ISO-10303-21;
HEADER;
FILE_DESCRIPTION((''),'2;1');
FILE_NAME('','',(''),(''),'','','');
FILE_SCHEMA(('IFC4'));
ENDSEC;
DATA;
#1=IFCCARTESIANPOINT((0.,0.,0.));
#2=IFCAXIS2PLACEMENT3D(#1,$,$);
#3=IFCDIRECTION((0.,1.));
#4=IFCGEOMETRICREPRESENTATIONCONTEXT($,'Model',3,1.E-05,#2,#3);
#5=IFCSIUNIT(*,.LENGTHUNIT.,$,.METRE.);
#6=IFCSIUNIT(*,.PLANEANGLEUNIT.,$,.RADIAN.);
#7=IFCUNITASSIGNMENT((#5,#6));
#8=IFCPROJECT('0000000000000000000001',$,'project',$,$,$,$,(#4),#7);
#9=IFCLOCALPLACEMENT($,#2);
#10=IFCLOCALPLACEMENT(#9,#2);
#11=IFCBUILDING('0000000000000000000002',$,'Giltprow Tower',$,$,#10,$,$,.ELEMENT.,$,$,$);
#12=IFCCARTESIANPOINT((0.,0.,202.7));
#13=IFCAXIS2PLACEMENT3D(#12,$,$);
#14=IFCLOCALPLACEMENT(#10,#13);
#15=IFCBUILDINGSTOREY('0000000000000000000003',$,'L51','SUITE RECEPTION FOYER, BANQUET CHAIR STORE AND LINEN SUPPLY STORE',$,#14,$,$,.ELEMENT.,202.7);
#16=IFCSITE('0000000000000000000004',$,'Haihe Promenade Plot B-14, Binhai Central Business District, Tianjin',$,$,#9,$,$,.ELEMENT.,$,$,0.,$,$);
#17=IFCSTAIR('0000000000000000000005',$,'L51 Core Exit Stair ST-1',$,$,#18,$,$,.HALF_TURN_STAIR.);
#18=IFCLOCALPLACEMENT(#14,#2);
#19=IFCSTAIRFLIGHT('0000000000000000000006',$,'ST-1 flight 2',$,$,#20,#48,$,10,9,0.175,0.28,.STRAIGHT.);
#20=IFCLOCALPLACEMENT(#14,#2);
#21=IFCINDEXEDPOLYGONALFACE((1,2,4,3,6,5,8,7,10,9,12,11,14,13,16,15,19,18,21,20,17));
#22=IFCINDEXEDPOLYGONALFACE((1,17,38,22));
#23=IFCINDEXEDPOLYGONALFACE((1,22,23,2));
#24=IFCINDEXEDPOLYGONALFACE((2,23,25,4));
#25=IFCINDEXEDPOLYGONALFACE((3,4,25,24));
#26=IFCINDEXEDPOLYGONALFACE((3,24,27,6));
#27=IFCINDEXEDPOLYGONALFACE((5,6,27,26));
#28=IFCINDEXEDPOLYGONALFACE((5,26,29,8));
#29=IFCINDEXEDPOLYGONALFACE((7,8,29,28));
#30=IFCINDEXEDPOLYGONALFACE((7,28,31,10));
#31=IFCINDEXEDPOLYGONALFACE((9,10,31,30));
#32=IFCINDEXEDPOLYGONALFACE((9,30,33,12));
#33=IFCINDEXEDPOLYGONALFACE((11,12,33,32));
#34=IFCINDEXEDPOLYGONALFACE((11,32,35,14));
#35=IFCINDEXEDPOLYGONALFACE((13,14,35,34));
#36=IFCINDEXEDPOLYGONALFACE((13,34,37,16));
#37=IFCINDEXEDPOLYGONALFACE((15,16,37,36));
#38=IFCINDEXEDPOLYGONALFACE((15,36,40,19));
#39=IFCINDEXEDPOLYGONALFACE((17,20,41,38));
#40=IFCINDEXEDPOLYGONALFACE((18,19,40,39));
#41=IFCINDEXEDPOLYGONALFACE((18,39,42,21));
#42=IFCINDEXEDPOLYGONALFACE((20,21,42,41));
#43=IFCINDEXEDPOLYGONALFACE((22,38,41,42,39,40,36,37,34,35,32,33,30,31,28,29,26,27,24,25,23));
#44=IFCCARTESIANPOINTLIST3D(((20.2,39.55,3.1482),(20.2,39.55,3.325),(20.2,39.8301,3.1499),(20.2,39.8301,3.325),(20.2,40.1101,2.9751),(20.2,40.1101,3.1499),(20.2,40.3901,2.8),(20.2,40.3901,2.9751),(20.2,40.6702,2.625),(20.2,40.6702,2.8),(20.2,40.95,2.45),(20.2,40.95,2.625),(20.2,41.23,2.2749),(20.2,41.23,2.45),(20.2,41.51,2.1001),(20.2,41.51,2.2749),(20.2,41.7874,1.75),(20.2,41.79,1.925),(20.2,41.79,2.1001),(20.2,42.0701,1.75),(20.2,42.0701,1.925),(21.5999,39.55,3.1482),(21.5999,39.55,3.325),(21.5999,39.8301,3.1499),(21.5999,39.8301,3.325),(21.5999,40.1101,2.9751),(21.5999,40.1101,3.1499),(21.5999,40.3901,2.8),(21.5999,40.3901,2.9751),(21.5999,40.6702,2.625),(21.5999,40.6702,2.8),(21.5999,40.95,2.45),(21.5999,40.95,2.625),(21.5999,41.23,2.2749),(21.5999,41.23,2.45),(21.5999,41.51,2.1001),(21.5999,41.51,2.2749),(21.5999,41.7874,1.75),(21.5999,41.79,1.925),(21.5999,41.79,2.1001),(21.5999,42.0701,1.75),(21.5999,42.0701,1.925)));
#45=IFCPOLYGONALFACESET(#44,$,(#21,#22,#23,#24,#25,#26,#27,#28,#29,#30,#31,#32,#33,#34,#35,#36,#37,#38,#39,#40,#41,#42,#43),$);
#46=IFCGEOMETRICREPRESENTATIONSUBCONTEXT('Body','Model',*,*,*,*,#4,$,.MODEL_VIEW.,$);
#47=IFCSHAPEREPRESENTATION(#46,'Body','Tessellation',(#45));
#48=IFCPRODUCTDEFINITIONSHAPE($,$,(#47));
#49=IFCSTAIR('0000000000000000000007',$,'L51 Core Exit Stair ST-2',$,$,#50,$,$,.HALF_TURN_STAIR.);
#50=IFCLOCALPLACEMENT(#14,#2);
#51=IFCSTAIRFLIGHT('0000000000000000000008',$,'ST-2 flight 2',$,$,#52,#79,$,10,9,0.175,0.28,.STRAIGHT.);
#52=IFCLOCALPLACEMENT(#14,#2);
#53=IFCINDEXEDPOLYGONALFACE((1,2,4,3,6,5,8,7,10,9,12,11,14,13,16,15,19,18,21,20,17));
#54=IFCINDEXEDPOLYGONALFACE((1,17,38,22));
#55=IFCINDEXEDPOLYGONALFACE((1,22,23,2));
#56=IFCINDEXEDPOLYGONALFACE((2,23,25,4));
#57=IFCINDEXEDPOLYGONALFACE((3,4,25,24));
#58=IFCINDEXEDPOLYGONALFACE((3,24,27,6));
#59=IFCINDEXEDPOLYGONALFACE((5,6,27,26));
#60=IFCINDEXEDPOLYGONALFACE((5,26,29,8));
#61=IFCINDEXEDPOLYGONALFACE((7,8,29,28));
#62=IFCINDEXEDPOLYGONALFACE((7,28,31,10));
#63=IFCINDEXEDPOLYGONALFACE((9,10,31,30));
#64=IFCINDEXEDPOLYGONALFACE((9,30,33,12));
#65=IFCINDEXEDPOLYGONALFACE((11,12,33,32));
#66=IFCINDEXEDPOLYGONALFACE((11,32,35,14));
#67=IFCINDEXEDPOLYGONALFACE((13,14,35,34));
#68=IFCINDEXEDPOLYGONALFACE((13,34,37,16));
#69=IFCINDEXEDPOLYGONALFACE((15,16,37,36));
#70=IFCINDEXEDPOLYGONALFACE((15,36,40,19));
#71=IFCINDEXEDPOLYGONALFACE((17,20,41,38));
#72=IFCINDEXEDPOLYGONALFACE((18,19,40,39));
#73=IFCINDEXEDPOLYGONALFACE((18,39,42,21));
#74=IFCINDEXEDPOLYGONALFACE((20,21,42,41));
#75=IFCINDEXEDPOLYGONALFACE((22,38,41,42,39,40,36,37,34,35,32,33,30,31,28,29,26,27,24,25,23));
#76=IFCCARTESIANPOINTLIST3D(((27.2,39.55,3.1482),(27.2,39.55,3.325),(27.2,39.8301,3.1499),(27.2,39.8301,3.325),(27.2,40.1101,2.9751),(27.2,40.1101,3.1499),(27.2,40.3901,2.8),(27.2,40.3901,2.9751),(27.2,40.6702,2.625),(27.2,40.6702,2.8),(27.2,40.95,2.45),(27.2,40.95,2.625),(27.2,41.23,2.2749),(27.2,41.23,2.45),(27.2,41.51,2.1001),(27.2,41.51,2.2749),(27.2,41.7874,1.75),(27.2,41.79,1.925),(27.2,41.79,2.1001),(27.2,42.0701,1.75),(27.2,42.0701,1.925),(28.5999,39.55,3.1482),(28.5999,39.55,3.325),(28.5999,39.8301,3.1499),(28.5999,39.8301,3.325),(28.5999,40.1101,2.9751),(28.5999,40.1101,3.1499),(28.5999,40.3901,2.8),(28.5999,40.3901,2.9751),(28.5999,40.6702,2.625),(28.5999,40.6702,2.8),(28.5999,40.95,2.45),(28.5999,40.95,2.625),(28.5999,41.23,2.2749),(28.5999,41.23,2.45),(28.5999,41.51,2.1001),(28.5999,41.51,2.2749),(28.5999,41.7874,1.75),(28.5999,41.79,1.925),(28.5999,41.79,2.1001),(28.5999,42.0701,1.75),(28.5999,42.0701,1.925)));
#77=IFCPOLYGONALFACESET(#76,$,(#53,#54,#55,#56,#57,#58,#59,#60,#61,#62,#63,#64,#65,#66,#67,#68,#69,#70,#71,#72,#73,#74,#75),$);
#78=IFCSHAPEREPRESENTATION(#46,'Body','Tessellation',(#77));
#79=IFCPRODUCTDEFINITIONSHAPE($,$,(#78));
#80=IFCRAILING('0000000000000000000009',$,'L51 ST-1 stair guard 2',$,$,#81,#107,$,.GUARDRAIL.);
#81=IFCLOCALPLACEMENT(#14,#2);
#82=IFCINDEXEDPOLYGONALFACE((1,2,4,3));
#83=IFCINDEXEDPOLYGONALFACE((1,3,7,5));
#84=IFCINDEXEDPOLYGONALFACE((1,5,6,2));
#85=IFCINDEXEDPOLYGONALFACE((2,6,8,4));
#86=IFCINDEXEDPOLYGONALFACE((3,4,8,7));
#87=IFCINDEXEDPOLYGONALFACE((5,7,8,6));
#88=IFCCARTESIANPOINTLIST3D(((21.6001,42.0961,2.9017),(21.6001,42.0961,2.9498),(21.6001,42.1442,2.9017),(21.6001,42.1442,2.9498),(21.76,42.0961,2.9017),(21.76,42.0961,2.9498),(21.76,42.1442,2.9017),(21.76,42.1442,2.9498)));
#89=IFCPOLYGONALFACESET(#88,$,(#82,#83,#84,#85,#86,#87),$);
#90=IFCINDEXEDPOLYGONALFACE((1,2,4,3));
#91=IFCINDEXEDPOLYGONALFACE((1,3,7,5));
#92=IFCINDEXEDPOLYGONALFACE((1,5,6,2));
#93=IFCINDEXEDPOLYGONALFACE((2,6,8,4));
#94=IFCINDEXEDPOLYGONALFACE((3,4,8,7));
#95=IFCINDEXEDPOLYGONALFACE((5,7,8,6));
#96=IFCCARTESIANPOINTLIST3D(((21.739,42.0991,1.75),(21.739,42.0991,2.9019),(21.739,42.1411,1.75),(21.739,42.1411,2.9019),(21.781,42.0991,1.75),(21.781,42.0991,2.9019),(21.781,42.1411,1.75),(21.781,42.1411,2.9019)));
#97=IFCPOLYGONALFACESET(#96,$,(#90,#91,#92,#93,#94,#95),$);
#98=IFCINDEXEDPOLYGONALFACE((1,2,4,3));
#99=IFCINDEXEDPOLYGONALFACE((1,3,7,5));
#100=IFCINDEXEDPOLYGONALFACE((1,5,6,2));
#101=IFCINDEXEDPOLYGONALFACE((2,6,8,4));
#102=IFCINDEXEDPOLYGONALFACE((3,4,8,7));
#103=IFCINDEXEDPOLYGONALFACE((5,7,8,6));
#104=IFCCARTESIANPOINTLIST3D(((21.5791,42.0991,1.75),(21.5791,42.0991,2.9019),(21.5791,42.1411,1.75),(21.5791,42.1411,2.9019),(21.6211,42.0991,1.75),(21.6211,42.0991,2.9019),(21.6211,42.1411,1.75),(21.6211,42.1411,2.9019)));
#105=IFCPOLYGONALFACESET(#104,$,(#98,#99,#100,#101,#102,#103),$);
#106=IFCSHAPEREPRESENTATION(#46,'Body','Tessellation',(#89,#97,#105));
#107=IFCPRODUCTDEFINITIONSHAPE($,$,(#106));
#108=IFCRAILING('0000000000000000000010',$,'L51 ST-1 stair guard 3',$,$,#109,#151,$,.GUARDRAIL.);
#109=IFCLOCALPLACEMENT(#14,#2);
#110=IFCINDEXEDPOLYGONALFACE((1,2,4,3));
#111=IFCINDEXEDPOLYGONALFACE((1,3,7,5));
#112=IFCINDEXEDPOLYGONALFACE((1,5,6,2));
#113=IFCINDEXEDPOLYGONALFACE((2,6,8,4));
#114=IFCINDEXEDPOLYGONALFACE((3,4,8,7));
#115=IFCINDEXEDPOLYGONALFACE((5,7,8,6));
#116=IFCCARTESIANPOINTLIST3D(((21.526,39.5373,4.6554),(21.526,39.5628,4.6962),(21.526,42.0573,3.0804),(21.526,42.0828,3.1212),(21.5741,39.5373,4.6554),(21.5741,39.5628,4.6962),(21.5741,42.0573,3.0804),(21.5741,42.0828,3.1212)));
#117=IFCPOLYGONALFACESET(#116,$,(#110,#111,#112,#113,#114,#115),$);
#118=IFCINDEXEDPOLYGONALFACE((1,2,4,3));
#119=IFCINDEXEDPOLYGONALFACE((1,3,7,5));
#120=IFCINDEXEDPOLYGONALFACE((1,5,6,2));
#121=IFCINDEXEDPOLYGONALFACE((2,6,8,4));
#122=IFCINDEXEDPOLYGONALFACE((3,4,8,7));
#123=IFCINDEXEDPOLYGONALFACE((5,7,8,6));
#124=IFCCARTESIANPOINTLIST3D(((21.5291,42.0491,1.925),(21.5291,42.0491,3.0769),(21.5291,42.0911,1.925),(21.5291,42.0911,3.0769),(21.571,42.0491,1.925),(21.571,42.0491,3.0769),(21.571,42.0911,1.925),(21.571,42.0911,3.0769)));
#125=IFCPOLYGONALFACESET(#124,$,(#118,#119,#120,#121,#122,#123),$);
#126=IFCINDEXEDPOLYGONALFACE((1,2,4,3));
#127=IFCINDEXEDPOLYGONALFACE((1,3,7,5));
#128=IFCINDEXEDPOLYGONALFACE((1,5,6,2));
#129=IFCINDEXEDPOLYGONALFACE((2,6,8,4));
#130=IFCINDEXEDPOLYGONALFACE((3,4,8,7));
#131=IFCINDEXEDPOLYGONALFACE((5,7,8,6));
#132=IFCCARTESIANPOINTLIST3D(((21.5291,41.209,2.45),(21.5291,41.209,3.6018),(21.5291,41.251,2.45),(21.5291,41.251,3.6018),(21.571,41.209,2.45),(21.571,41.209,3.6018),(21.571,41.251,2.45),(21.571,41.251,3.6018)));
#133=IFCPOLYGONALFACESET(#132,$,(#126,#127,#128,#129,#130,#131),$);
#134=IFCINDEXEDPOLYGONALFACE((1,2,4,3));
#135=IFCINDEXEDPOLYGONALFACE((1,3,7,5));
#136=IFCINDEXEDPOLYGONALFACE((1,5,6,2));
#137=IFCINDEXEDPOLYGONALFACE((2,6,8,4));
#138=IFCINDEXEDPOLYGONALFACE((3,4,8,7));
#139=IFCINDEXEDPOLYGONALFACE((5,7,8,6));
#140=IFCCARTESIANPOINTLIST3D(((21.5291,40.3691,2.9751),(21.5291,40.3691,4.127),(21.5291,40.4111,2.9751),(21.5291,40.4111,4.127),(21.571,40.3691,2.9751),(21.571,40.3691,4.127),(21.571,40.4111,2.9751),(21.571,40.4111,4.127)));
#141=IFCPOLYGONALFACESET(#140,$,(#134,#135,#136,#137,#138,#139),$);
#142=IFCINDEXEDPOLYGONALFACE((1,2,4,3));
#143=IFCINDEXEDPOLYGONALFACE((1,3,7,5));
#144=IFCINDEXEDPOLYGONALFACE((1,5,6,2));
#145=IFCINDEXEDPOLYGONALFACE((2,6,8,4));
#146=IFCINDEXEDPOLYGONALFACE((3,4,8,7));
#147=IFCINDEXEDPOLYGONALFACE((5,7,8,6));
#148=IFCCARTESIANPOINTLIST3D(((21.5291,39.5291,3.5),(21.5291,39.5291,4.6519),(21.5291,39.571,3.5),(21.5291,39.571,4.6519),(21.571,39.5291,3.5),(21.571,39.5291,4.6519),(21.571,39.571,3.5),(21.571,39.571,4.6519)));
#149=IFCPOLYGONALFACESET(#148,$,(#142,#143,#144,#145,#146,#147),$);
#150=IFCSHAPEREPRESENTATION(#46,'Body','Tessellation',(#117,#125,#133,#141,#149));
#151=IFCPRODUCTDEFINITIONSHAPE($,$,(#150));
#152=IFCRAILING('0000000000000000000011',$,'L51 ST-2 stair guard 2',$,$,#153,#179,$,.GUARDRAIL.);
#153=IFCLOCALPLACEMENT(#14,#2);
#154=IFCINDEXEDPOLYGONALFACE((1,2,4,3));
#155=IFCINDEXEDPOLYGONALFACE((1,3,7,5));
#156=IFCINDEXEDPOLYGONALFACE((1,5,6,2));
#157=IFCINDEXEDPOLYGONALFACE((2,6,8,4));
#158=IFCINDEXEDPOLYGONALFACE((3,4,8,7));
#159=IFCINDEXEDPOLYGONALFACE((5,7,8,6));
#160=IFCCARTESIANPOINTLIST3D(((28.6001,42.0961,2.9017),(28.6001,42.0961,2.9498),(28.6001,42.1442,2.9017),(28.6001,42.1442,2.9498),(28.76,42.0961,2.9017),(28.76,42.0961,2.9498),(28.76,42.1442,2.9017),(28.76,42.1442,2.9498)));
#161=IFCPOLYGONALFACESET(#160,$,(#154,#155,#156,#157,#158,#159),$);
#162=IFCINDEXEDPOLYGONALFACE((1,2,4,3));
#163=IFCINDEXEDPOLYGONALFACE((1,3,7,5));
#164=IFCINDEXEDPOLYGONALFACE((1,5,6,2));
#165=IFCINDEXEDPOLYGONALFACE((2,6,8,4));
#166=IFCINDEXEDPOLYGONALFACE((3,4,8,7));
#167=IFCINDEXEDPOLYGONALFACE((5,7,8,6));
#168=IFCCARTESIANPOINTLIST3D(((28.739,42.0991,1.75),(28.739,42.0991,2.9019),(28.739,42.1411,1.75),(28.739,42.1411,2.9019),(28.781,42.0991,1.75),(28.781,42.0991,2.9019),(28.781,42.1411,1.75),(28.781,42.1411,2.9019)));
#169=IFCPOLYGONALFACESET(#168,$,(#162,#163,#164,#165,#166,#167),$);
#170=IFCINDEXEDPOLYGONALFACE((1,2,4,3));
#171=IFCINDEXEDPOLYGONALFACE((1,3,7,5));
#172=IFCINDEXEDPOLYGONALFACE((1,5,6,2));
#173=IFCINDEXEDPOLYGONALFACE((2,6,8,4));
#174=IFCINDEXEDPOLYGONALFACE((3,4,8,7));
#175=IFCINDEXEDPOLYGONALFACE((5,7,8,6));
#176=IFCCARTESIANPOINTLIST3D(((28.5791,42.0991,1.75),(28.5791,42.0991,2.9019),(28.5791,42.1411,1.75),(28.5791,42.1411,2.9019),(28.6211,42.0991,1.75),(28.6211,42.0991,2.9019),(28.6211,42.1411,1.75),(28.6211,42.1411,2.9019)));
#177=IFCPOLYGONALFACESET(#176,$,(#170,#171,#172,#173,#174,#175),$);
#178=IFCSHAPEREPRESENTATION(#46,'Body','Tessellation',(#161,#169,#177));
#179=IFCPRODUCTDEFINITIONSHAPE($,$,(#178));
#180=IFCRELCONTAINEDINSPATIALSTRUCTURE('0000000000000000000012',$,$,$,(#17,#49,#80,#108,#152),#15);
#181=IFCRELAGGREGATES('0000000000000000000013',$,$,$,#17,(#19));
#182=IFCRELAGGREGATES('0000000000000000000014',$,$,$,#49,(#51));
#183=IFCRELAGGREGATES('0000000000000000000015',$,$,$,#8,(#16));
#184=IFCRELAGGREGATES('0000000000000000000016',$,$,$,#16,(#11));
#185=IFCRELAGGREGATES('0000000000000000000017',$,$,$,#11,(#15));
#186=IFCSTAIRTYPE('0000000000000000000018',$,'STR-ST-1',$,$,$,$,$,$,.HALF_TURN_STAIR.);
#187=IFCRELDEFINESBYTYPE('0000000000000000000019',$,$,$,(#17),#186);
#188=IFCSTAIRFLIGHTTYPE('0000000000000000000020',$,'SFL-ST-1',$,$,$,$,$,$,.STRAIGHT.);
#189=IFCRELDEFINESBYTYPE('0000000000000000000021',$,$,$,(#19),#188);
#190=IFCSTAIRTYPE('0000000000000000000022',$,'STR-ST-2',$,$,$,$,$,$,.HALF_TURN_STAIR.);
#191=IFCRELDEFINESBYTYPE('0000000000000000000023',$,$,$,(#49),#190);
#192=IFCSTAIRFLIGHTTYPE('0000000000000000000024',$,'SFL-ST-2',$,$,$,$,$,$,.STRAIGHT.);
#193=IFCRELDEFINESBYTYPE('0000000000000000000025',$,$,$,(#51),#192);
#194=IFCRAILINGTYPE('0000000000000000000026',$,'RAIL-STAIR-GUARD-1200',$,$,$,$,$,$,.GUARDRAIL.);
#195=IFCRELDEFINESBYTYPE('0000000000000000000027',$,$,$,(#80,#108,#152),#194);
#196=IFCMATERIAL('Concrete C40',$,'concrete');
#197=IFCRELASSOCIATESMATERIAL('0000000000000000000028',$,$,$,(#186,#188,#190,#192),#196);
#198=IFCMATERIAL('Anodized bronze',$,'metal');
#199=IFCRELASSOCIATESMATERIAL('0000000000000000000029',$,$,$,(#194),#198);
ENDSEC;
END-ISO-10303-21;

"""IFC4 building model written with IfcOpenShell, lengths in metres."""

from ifc_helpers import new_model, si_unit, direction, frame, origin, origin_2d, place, context, subcontext, project, spatial, polyline, rectangle, outline, extrude, material, type_object, element, aggregate, save


model = new_model("IFC4")

# Units and contexts
model_context = context("Model", 3, precision=1e-05, world=origin(), true_north=direction((0.0, 1.0)))
body_context = subcontext(model_context, "Body", "Model", "MODEL_VIEW")
ifc_project = project(units=[si_unit("LENGTHUNIT", "METRE"), si_unit("PLANEANGLEUNIT", "RADIAN")], contexts=[model_context])

# Site, building, storey
site_placement = place(None, origin())
site = spatial("IfcSite", under=ifc_project, at=site_placement, Name="Haihe Promenade Plot B-14, Binhai Central Business District, Tianjin", CompositionType="ELEMENT", RefElevation=0.0)
building_placement = place(site_placement, origin())
building = spatial("IfcBuilding", under=site, at=building_placement, Name="Giltprow Tower", CompositionType="ELEMENT")
storey_placement = place(building_placement, frame((0.0, 0.0, 202.7)))
storey = spatial("IfcBuildingStorey", under=building, at=storey_placement, Name="L51", Description="SUITE RECEPTION FOYER, BANQUET CHAIR STORE AND LINEN SUPPLY STORE", CompositionType="ELEMENT", Elevation=202.7)

# Shared definitions
ifc_material_1 = material(Name="Concrete C40", Category="concrete")

# Stairs, stair flights
stair_type_1 = type_object("IfcStairType", Name="STR-ST-1", PredefinedType="HALF_TURN_STAIR", material=ifc_material_1)
stair_1_placement = place(storey_placement, origin())
stair_1 = element("IfcStair", 1, at=stair_1_placement, inside=storey, type_object=stair_type_1, Name="L51 Core Exit Stair ST-1", PredefinedType="HALF_TURN_STAIR")
stair_flight_type_1 = type_object("IfcStairFlightType", Name="SFL-ST-1", PredefinedType="STRAIGHT", material=ifc_material_1)
stair_flight_1_placement = place(storey_placement, frame((20.8999, 42.0701, 1.75), z_axis=(0.0, 0.0, 1.0), x_axis=(0.0, -1.0, 0.0)))
stair_flight_1 = element("IfcStairFlight", 2, at=stair_flight_1_placement, type_object=stair_flight_type_1, Name="ST-1 flight 2", NumberOfRisers=10, NumberOfTreads=9, PredefinedType="STRAIGHT", RiserHeight=0.175, TreadLength=0.28, context=body_context, shape_type="SweptSolid", body=[
    extrude(outline(polyline([(0.0, 0.0), (0.0, 0.175), (0.28, 0.175), (0.28, 0.3501), (0.5601, 0.3501), (0.5601, 0.5249), (0.8401, 0.5249), (0.8401, 0.7), (1.1201, 0.7), (1.1201, 0.875), (1.3999, 0.875), (1.3999, 1.05), (1.6799, 1.05), (1.6799, 1.2251), (1.96, 1.2251), (1.96, 1.3999), (2.24, 1.3999), (2.24, 1.575), (2.52, 1.575), (2.52, 1.75), (2.52, 1.3982), (0.2827, 0.0), (0.0, 0.0)])), frame((0.0, 0.7, 0.0), z_axis=(0.0, -1.0, 0.0), x_axis=(1.0, 0.0, 0.0)), (0.0, 0.0, 1.0), 1.3999),
])
aggregate(stair_1, [stair_flight_1])
stair_type_2 = type_object("IfcStairType", Name="STR-ST-2", PredefinedType="HALF_TURN_STAIR", material=ifc_material_1)
stair_2_placement = place(storey_placement, origin())
stair_2 = element("IfcStair", 3, at=stair_2_placement, inside=storey, type_object=stair_type_2, Name="L51 Core Exit Stair ST-2", PredefinedType="HALF_TURN_STAIR")
stair_flight_type_2 = type_object("IfcStairFlightType", Name="SFL-ST-2", PredefinedType="STRAIGHT", material=ifc_material_1)
stair_flight_2_placement = place(storey_placement, frame((27.8999, 42.0701, 1.75), z_axis=(0.0, 0.0, 1.0), x_axis=(0.0, -1.0, 0.0)))
stair_flight_2 = element("IfcStairFlight", 4, at=stair_flight_2_placement, type_object=stair_flight_type_2, Name="ST-2 flight 2", NumberOfRisers=10, NumberOfTreads=9, PredefinedType="STRAIGHT", RiserHeight=0.175, TreadLength=0.28, context=body_context, shape_type="SweptSolid", body=[
    extrude(outline(polyline([(0.0, 0.0), (0.0, 0.175), (0.28, 0.175), (0.28, 0.3501), (0.5601, 0.3501), (0.5601, 0.5249), (0.8401, 0.5249), (0.8401, 0.7), (1.1201, 0.7), (1.1201, 0.875), (1.3999, 0.875), (1.3999, 1.05), (1.6799, 1.05), (1.6799, 1.2251), (1.96, 1.2251), (1.96, 1.3999), (2.24, 1.3999), (2.24, 1.575), (2.52, 1.575), (2.52, 1.75), (2.52, 1.3982), (0.2827, 0.0), (0.0, 0.0)])), frame((0.0, 0.7, 0.0), z_axis=(0.0, -1.0, 0.0), x_axis=(1.0, 0.0, 0.0)), (0.0, 0.0, 1.0), 1.3999),
])
aggregate(stair_2, [stair_flight_2])

# Railings
ifc_material_2 = material(Name="Anodized bronze", Category="metal")
railing_type_1 = type_object("IfcRailingType", Name="RAIL-STAIR-GUARD-1200", PredefinedType="GUARDRAIL", material=ifc_material_2)
railing_1_placement = place(storey_placement, frame((21.76, 42.1201, 1.75)))
element("IfcRailing", 5, at=railing_1_placement, inside=storey, type_object=railing_type_1, Name="L51 ST-1 stair guard 2", PredefinedType="GUARDRAIL", context=body_context, shape_type="SweptSolid", body=[
    extrude(rectangle(XDim=0.0481, YDim=0.0481, at=origin_2d()), frame((0.0, 0.0, 1.1758), z_axis=(-1.0, 0.0, 0.0), x_axis=(0.0, -1.0, 0.0)), (0.0, 0.0, 1.0), 0.1599),
    extrude(rectangle(XDim=0.042, YDim=0.042, at=origin_2d()), origin(), (0.0, 0.0, 1.0), 1.1519),
    extrude(rectangle(XDim=0.042, YDim=0.042, at=origin_2d()), frame((-0.1599, 0.0, 0.0)), (0.0, 0.0, 1.0), 1.1519),
])
railing_2_placement = place(storey_placement, frame((21.55, 42.0701, 1.925)))
element("IfcRailing", 6, at=railing_2_placement, inside=storey, type_object=railing_type_1, Name="L51 ST-1 stair guard 3", PredefinedType="GUARDRAIL", context=body_context, shape_type="SweptSolid", body=[
    extrude(rectangle(XDim=0.0481, YDim=0.0481, at=origin_2d()), frame((0.0, 0.0, 1.1758), z_axis=(0.0, -0.848008, 0.529984), x_axis=(1.0, 0.0, 0.0)), (0.0, 0.0, 1.0), 2.9717),
    extrude(rectangle(XDim=0.042, YDim=0.042, at=origin_2d()), origin(), (0.0, 0.0, 1.0), 1.1519),
    extrude(rectangle(XDim=0.042, YDim=0.042, at=origin_2d()), frame((0.0, -0.8401, 0.5249)), (0.0, 0.0, 1.0), 1.1519),
    extrude(rectangle(XDim=0.042, YDim=0.042, at=origin_2d()), frame((0.0, -1.6799, 1.05)), (0.0, 0.0, 1.0), 1.1519),
    extrude(rectangle(XDim=0.042, YDim=0.042, at=origin_2d()), frame((0.0, -2.52, 1.575)), (0.0, 0.0, 1.0), 1.1519),
])
railing_3_placement = place(storey_placement, frame((28.76, 42.1201, 1.75)))
element("IfcRailing", 7, at=railing_3_placement, inside=storey, type_object=railing_type_1, Name="L51 ST-2 stair guard 2", PredefinedType="GUARDRAIL", context=body_context, shape_type="SweptSolid", body=[
    extrude(rectangle(XDim=0.0481, YDim=0.0481, at=origin_2d()), frame((0.0, 0.0, 1.1758), z_axis=(-1.0, 0.0, 0.0), x_axis=(0.0, -1.0, 0.0)), (0.0, 0.0, 1.0), 0.1599),
    extrude(rectangle(XDim=0.042, YDim=0.042, at=origin_2d()), origin(), (0.0, 0.0, 1.0), 1.1519),
    extrude(rectangle(XDim=0.042, YDim=0.042, at=origin_2d()), frame((-0.1599, 0.0, 0.0)), (0.0, 0.0, 1.0), 1.1519),
])

save(model, "model.ifc")
